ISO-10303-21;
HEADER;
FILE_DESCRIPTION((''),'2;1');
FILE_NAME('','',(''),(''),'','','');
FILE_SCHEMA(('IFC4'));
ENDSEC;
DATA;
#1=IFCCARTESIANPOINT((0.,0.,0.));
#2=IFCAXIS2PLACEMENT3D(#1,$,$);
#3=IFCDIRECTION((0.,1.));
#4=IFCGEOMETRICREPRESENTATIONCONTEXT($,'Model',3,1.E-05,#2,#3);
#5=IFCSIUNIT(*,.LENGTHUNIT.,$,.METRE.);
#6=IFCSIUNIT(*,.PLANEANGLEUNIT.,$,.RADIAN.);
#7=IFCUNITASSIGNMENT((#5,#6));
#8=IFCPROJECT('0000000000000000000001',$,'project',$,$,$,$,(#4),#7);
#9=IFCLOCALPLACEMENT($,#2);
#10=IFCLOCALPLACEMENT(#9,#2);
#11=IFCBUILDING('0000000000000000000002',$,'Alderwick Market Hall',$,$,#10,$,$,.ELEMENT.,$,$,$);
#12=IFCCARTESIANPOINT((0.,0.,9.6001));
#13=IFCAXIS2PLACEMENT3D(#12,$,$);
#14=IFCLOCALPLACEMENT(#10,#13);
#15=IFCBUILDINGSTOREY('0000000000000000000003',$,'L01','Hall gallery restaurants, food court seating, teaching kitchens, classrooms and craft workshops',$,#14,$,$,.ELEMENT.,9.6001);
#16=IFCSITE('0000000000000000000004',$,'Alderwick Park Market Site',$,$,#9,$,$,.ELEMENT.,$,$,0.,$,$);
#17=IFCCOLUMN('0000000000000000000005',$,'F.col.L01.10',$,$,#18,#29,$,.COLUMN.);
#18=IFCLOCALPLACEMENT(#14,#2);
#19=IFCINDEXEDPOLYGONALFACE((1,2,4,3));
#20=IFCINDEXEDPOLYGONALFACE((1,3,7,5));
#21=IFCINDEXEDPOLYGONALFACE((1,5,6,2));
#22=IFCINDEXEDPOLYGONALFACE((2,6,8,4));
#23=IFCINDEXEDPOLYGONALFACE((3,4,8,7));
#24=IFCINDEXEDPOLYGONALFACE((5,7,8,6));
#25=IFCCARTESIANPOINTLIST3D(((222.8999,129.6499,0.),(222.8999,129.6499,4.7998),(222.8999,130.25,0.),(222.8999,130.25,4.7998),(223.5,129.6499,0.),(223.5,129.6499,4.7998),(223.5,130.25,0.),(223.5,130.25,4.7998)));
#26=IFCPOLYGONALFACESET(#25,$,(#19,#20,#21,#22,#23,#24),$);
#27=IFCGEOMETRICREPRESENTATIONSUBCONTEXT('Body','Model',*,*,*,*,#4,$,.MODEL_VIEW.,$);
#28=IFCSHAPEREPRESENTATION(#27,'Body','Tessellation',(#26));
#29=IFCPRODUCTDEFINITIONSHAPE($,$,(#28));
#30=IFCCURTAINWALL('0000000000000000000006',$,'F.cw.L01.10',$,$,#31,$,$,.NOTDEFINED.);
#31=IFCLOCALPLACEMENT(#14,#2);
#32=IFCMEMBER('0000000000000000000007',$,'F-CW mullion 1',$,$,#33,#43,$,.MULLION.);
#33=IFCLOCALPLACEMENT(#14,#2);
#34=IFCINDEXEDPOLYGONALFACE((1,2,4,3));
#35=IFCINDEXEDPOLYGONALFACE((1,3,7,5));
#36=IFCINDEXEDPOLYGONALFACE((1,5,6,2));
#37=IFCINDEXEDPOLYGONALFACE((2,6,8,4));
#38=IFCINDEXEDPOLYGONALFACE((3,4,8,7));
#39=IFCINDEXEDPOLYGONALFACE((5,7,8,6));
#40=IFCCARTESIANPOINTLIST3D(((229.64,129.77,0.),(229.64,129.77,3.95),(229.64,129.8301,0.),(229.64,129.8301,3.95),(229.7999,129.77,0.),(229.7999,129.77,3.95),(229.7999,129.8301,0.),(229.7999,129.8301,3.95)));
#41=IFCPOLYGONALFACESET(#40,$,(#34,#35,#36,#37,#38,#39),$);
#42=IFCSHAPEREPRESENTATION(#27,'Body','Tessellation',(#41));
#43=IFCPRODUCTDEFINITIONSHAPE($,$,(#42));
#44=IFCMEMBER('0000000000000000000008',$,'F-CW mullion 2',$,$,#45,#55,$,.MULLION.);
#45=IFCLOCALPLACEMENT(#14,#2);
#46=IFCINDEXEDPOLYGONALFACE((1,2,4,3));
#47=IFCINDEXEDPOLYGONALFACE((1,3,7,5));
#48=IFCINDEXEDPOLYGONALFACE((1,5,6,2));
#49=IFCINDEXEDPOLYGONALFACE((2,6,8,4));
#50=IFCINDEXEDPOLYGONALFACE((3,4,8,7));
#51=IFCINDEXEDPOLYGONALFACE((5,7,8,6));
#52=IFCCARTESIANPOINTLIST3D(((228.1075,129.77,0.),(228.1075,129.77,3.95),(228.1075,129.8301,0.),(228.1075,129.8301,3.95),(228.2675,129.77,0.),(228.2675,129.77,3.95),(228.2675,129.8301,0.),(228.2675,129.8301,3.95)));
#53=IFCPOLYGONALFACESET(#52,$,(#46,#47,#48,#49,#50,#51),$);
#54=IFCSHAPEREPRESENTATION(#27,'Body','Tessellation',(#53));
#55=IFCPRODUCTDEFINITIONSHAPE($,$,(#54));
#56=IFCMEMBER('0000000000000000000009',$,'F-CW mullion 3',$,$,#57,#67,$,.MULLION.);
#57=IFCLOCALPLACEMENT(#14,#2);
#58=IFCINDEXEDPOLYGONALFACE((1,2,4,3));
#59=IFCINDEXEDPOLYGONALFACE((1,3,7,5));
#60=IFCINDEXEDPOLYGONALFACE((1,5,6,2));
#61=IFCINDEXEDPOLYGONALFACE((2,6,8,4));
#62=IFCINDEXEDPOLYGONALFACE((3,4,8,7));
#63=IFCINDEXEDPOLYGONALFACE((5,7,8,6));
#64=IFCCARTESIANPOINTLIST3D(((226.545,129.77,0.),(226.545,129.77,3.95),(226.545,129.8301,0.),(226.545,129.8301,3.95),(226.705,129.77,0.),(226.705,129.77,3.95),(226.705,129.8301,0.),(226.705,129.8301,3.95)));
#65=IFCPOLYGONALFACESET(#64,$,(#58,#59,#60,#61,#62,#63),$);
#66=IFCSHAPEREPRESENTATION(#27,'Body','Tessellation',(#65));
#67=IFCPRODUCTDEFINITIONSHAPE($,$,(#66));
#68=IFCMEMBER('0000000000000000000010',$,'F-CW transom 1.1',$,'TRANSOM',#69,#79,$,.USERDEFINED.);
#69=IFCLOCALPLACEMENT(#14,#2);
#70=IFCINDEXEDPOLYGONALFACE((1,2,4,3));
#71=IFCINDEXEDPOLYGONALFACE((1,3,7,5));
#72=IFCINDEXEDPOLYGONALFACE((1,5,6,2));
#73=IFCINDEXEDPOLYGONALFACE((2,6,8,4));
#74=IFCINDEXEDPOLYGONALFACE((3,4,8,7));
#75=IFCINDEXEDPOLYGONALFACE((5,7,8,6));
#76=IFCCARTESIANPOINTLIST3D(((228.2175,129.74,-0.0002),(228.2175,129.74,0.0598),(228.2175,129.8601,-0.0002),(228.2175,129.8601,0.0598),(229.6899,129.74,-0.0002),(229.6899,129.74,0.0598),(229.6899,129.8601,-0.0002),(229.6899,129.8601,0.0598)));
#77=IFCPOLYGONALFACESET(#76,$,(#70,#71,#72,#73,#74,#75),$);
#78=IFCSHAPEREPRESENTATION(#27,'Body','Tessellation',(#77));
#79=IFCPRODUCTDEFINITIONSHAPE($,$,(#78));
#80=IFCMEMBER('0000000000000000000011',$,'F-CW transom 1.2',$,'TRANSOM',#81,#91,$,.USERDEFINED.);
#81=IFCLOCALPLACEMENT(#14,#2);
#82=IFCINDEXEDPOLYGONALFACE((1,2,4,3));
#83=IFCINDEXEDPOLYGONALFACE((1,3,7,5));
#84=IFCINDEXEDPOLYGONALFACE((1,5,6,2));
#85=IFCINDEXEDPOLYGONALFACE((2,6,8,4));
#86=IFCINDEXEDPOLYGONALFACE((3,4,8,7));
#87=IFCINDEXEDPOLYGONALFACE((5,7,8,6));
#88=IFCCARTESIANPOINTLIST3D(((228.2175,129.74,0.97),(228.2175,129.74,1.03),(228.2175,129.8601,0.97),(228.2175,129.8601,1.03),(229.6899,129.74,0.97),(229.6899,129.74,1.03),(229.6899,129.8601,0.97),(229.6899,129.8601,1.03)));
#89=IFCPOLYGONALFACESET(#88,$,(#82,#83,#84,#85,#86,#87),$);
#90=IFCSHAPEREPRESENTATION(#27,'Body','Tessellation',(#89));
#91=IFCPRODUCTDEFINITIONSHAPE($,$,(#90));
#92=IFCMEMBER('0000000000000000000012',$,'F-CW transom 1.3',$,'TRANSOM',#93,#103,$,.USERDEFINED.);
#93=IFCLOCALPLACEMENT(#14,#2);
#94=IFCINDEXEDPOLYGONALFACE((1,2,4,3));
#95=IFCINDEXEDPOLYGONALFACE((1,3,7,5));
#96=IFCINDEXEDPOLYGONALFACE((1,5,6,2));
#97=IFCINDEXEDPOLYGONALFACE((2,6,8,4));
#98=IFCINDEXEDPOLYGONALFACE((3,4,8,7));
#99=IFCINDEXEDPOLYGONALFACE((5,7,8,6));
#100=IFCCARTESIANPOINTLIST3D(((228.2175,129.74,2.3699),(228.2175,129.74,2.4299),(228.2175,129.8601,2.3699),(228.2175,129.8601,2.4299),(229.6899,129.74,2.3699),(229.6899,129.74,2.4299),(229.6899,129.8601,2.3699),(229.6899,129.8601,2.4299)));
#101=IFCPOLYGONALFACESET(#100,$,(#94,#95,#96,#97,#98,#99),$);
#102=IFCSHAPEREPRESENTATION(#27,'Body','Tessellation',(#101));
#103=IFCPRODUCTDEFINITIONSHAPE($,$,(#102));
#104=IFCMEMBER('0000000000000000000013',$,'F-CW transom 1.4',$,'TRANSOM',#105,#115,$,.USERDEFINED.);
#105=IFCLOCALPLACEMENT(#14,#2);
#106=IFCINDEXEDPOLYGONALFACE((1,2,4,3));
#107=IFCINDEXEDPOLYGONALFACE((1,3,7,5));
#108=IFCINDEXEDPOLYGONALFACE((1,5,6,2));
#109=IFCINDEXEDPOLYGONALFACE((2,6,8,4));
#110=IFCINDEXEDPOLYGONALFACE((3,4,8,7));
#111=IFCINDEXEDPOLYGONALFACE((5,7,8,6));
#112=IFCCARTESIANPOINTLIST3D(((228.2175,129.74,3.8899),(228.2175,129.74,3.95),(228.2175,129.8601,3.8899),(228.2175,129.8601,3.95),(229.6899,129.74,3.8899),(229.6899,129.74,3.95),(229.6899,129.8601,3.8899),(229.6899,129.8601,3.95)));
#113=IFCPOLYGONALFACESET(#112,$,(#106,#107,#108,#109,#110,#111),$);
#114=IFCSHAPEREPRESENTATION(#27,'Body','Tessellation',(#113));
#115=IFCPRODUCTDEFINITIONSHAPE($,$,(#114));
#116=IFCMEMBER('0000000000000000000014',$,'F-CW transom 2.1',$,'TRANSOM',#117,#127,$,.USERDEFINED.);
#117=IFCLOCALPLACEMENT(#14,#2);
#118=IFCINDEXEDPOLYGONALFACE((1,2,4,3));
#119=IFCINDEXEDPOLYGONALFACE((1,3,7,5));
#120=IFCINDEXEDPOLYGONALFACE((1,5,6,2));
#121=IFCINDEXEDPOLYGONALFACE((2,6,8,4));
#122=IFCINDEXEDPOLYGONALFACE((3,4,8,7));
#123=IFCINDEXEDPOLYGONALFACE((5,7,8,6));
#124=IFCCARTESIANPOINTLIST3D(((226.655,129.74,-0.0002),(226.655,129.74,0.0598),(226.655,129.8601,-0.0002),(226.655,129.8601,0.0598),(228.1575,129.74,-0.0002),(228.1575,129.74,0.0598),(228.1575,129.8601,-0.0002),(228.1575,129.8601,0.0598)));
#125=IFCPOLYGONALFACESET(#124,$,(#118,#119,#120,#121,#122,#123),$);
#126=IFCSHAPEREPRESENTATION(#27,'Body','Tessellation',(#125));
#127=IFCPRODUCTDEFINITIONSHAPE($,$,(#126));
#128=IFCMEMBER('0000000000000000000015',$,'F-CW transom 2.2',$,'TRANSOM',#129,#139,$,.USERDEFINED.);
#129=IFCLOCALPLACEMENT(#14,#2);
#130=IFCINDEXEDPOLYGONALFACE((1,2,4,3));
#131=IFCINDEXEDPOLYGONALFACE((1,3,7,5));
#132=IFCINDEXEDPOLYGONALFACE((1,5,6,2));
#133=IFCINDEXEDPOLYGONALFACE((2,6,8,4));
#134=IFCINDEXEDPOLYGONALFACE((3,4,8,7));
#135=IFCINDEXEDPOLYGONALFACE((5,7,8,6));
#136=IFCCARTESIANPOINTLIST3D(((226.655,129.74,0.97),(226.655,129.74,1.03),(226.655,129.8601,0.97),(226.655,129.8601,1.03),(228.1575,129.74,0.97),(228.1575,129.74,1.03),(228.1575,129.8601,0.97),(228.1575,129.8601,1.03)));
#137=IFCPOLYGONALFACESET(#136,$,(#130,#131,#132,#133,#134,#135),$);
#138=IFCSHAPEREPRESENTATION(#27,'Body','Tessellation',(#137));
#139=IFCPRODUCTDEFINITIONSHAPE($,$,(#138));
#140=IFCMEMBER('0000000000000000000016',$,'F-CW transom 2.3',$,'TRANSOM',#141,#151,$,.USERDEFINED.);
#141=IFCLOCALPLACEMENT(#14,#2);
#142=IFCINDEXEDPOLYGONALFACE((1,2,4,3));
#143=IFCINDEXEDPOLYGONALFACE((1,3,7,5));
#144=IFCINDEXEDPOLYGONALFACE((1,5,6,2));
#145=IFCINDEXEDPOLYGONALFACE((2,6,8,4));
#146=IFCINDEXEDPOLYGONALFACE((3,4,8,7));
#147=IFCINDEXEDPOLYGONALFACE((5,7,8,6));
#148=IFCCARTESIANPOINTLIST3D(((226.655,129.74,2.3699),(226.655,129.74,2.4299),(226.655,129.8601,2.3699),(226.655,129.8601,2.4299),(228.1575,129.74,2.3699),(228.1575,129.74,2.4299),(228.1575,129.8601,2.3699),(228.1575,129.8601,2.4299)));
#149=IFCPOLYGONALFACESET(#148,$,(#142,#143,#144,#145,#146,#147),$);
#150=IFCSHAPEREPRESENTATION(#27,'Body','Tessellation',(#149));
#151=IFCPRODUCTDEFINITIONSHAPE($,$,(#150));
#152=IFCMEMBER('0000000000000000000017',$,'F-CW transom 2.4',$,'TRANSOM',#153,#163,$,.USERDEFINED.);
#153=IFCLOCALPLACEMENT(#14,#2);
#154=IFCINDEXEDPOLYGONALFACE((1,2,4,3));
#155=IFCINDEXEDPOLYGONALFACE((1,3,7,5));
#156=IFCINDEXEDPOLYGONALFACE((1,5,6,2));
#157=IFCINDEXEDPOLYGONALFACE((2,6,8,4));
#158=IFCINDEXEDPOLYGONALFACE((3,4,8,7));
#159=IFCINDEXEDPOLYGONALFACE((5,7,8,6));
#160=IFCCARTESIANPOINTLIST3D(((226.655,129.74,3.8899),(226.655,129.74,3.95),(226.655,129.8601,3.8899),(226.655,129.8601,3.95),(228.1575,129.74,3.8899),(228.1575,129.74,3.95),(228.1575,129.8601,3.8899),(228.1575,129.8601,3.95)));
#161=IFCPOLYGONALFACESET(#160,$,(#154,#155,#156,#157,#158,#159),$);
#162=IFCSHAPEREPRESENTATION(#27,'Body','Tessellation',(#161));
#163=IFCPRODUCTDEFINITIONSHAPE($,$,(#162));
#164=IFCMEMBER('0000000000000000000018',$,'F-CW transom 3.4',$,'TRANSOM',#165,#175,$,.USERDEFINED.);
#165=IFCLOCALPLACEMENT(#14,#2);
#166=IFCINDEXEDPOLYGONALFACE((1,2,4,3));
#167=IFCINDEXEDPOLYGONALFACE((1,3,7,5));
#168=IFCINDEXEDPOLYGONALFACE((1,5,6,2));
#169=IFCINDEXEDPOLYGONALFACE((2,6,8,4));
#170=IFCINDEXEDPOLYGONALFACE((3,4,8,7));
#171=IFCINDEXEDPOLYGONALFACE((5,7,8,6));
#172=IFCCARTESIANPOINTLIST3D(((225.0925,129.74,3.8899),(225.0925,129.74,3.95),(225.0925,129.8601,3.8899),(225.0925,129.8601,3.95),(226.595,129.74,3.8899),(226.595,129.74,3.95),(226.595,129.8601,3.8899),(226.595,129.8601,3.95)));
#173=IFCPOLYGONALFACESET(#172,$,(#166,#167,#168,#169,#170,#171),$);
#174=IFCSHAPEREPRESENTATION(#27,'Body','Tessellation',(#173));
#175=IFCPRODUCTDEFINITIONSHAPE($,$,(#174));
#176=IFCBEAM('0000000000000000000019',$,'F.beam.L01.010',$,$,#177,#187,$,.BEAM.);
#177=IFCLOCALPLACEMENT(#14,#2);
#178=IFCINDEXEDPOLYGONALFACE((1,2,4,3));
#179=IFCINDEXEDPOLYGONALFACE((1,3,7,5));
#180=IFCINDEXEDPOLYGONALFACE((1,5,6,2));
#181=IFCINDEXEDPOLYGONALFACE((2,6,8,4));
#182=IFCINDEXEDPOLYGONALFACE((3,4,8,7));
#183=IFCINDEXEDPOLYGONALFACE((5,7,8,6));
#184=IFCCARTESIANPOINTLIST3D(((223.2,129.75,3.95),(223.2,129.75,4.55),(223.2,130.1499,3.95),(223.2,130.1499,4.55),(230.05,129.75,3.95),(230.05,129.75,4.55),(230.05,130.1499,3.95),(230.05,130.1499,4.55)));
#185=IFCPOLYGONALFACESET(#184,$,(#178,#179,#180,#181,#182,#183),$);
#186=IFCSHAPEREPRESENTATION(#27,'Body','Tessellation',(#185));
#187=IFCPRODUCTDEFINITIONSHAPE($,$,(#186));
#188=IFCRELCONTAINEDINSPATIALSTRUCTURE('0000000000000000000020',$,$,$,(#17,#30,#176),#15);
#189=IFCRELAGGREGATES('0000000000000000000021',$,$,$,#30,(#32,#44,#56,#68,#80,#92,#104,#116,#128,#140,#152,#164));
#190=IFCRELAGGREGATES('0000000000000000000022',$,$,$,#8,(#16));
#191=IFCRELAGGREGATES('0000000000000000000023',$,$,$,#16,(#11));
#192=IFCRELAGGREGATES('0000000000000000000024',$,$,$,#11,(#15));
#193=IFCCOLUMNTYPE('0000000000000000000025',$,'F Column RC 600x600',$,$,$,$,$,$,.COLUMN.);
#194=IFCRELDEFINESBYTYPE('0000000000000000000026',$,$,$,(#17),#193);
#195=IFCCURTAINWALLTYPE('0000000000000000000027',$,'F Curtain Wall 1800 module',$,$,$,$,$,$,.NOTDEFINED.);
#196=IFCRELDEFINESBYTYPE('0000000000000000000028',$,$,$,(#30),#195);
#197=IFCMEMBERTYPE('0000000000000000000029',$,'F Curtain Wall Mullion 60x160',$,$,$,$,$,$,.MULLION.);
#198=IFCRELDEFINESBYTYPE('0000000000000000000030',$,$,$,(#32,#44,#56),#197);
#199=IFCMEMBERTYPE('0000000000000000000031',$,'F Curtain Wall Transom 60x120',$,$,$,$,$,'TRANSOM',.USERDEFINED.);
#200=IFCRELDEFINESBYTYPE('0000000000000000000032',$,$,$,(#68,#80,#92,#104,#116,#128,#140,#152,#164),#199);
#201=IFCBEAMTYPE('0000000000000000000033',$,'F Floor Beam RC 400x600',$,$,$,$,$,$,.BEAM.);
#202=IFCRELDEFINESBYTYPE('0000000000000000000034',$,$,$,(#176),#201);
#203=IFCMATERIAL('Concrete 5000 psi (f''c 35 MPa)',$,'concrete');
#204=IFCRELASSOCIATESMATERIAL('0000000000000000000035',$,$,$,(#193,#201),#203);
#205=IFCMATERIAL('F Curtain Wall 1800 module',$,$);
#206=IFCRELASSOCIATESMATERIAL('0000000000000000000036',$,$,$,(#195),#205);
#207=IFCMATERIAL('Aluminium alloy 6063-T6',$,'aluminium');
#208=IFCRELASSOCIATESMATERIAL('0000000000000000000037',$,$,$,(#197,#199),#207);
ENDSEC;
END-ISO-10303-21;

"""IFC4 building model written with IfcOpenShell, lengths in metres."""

from ifc_helpers import new_model, si_unit, direction, frame, origin, origin_2d, place, context, subcontext, project, spatial, rectangle, extrude, material, material_profile, profile_set, type_object, element, aggregate, save


model = new_model("IFC4")

# Units and contexts
model_context = context("Model", 3, precision=1e-05, world=origin(), true_north=direction((0.0, 1.0)))
body_context = subcontext(model_context, "Body", "Model", "MODEL_VIEW")
ifc_project = project(units=[si_unit("LENGTHUNIT", "METRE"), si_unit("PLANEANGLEUNIT", "RADIAN")], contexts=[model_context])

# Site, building, storey
site_placement = place(None, origin())
site = spatial("IfcSite", under=ifc_project, at=site_placement, Name="Alderwick Park Market Site", CompositionType="ELEMENT", RefElevation=0.0)
building_placement = place(site_placement, origin())
building = spatial("IfcBuilding", under=site, at=building_placement, Name="Alderwick Market Hall", CompositionType="ELEMENT")
storey_placement = place(building_placement, frame((0.0, 0.0, 9.6001)))
storey = spatial("IfcBuildingStorey", under=building, at=storey_placement, Name="L01", Description="Hall gallery restaurants, food court seating, teaching kitchens, classrooms and craft workshops", CompositionType="ELEMENT", Elevation=9.6001)

# Column
ifc_material_1 = material(Name="Concrete 5000 psi (f'c 35 MPa)", Category="concrete")
ifc_material_profile_1 = material_profile(ifc_material_1, rectangle(XDim=0.6001, YDim=0.6001, at=origin_2d()), Name="RC 600x600")
ifc_profile_set_1 = profile_set([ifc_material_profile_1], Name="Concrete 5000 psi (f'c 35 MPa)")
column_type = type_object("IfcColumnType", Name="F Column RC 600x600", PredefinedType="COLUMN", material=ifc_profile_set_1)
column_placement = place(storey_placement, frame((223.2, 129.95, 0.0), z_axis=(0.0, 0.0, 1.0), x_axis=(1.0, 0.0, 0.0)))
element("IfcColumn", 1, at=column_placement, inside=storey, type_object=column_type, Name="F.col.L01.10", PredefinedType="COLUMN", context=body_context, shape_type="SweptSolid", body=[
    extrude(rectangle(XDim=0.6001, YDim=0.6001, at=origin_2d()), origin(), (0.0, 0.0, 1.0), 4.7998),
])

# Curtain wall, members
ifc_material_2 = material(Name="F Curtain Wall 1800 module")
curtain_wall_type = type_object("IfcCurtainWallType", Name="F Curtain Wall 1800 module", PredefinedType="NOTDEFINED", material=ifc_material_2)
curtain_wall_placement = place(storey_placement, origin())
curtain_wall = element("IfcCurtainWall", 2, at=curtain_wall_placement, inside=storey, type_object=curtain_wall_type, Name="F.cw.L01.10", PredefinedType="NOTDEFINED")
ifc_material_3 = material(Name="Aluminium alloy 6063-T6", Category="aluminium")
ifc_material_profile_2 = material_profile(ifc_material_3, rectangle(XDim=0.0601, YDim=0.1599, at=origin_2d()), Name="AL 60x160")
ifc_profile_set_2 = profile_set([ifc_material_profile_2], Name="Aluminium alloy 6063-T6")
member_type_1 = type_object("IfcMemberType", Name="F Curtain Wall Mullion 60x160", PredefinedType="MULLION", material=ifc_profile_set_2)
member_1_placement = place(storey_placement, frame((229.72, 129.8, 0.0), z_axis=(0.0, 0.0, 1.0), x_axis=(0.0, -1.0, 0.0)))
member_1 = element("IfcMember", 3, at=member_1_placement, type_object=member_type_1, Name="F-CW mullion 1", PredefinedType="MULLION", context=body_context, shape_type="SweptSolid", body=[
    extrude(rectangle(XDim=0.0601, YDim=0.1599, at=origin_2d()), origin(), (0.0, 0.0, 1.0), 3.95),
])
member_2_placement = place(storey_placement, frame((228.1875, 129.8, 0.0), z_axis=(0.0, 0.0, 1.0), x_axis=(0.0, -1.0, 0.0)))
member_2 = element("IfcMember", 4, at=member_2_placement, type_object=member_type_1, Name="F-CW mullion 2", PredefinedType="MULLION", context=body_context, shape_type="SweptSolid", body=[
    extrude(rectangle(XDim=0.0601, YDim=0.1599, at=origin_2d()), origin(), (0.0, 0.0, 1.0), 3.95),
])
member_3_placement = place(storey_placement, frame((226.625, 129.8, 0.0), z_axis=(0.0, 0.0, 1.0), x_axis=(0.0, -1.0, 0.0)))
member_3 = element("IfcMember", 5, at=member_3_placement, type_object=member_type_1, Name="F-CW mullion 3", PredefinedType="MULLION", context=body_context, shape_type="SweptSolid", body=[
    extrude(rectangle(XDim=0.0601, YDim=0.1599, at=origin_2d()), origin(), (0.0, 0.0, 1.0), 3.95),
])
ifc_material_profile_3 = material_profile(ifc_material_3, rectangle(XDim=0.1201, YDim=0.0601, at=origin_2d()), Name="AL 60x120")
ifc_profile_set_3 = profile_set([ifc_material_profile_3], Name="Aluminium alloy 6063-T6")
member_type_2 = type_object("IfcMemberType", Name="F Curtain Wall Transom 60x120", ElementType="TRANSOM", PredefinedType="USERDEFINED", material=ifc_profile_set_3)
member_4_placement = place(storey_placement, frame((229.6899, 129.8, 0.0298), z_axis=(-1.0, 0.0, 0.0), x_axis=(0.0, -1.0, 0.0)))
member_4 = element("IfcMember", 6, at=member_4_placement, type_object=member_type_2, Name="F-CW transom 1.1", ObjectType="TRANSOM", PredefinedType="USERDEFINED", context=body_context, shape_type="SweptSolid", body=[
    extrude(rectangle(XDim=0.1201, YDim=0.0601, at=origin_2d()), origin(), (0.0, 0.0, 1.0), 1.4724),
])
member_5_placement = place(storey_placement, frame((229.6899, 129.8, 1.0), z_axis=(-1.0, 0.0, 0.0), x_axis=(0.0, -1.0, 0.0)))
member_5 = element("IfcMember", 7, at=member_5_placement, type_object=member_type_2, Name="F-CW transom 1.2", ObjectType="TRANSOM", PredefinedType="USERDEFINED", context=body_context, shape_type="SweptSolid", body=[
    extrude(rectangle(XDim=0.1201, YDim=0.0601, at=origin_2d()), origin(), (0.0, 0.0, 1.0), 1.4724),
])
member_6_placement = place(storey_placement, frame((229.6899, 129.8, 2.3999), z_axis=(-1.0, 0.0, 0.0), x_axis=(0.0, -1.0, 0.0)))
member_6 = element("IfcMember", 8, at=member_6_placement, type_object=member_type_2, Name="F-CW transom 1.3", ObjectType="TRANSOM", PredefinedType="USERDEFINED", context=body_context, shape_type="SweptSolid", body=[
    extrude(rectangle(XDim=0.1201, YDim=0.0601, at=origin_2d()), origin(), (0.0, 0.0, 1.0), 1.4724),
])
member_7_placement = place(storey_placement, frame((229.6899, 129.8, 3.9199), z_axis=(-1.0, 0.0, 0.0), x_axis=(0.0, -1.0, 0.0)))
member_7 = element("IfcMember", 9, at=member_7_placement, type_object=member_type_2, Name="F-CW transom 1.4", ObjectType="TRANSOM", PredefinedType="USERDEFINED", context=body_context, shape_type="SweptSolid", body=[
    extrude(rectangle(XDim=0.1201, YDim=0.0601, at=origin_2d()), origin(), (0.0, 0.0, 1.0), 1.4724),
])
member_8_placement = place(storey_placement, frame((228.1575, 129.8, 0.0298), z_axis=(-1.0, 0.0, 0.0), x_axis=(0.0, -1.0, 0.0)))
member_8 = element("IfcMember", 10, at=member_8_placement, type_object=member_type_2, Name="F-CW transom 2.1", ObjectType="TRANSOM", PredefinedType="USERDEFINED", context=body_context, shape_type="SweptSolid", body=[
    extrude(rectangle(XDim=0.1201, YDim=0.0601, at=origin_2d()), origin(), (0.0, 0.0, 1.0), 1.5024),
])
member_9_placement = place(storey_placement, frame((228.1575, 129.8, 1.0), z_axis=(-1.0, 0.0, 0.0), x_axis=(0.0, -1.0, 0.0)))
member_9 = element("IfcMember", 11, at=member_9_placement, type_object=member_type_2, Name="F-CW transom 2.2", ObjectType="TRANSOM", PredefinedType="USERDEFINED", context=body_context, shape_type="SweptSolid", body=[
    extrude(rectangle(XDim=0.1201, YDim=0.0601, at=origin_2d()), origin(), (0.0, 0.0, 1.0), 1.5024),
])
member_10_placement = place(storey_placement, frame((228.1575, 129.8, 2.3999), z_axis=(-1.0, 0.0, 0.0), x_axis=(0.0, -1.0, 0.0)))
member_10 = element("IfcMember", 12, at=member_10_placement, type_object=member_type_2, Name="F-CW transom 2.3", ObjectType="TRANSOM", PredefinedType="USERDEFINED", context=body_context, shape_type="SweptSolid", body=[
    extrude(rectangle(XDim=0.1201, YDim=0.0601, at=origin_2d()), origin(), (0.0, 0.0, 1.0), 1.5024),
])
member_11_placement = place(storey_placement, frame((228.1575, 129.8, 3.9199), z_axis=(-1.0, 0.0, 0.0), x_axis=(0.0, -1.0, 0.0)))
member_11 = element("IfcMember", 13, at=member_11_placement, type_object=member_type_2, Name="F-CW transom 2.4", ObjectType="TRANSOM", PredefinedType="USERDEFINED", context=body_context, shape_type="SweptSolid", body=[
    extrude(rectangle(XDim=0.1201, YDim=0.0601, at=origin_2d()), origin(), (0.0, 0.0, 1.0), 1.5024),
])
member_12_placement = place(storey_placement, frame((226.595, 129.8, 3.9199), z_axis=(-1.0, 0.0, 0.0), x_axis=(0.0, -1.0, 0.0)))
member_12 = element("IfcMember", 14, at=member_12_placement, type_object=member_type_2, Name="F-CW transom 3.4", ObjectType="TRANSOM", PredefinedType="USERDEFINED", context=body_context, shape_type="SweptSolid", body=[
    extrude(rectangle(XDim=0.1201, YDim=0.0601, at=origin_2d()), origin(), (0.0, 0.0, 1.0), 1.5024),
])

# Beam
ifc_material_profile_4 = material_profile(ifc_material_1, rectangle(XDim=0.3999, YDim=0.6001, at=origin_2d()), Name="RC 400x600")
ifc_profile_set_4 = profile_set([ifc_material_profile_4], Name="Concrete 5000 psi (f'c 35 MPa)")
beam_type = type_object("IfcBeamType", Name="F Floor Beam RC 400x600", PredefinedType="BEAM", material=ifc_profile_set_4)
for number, where, z_axis, x_axis, name in (
    (15, (223.2, 129.95, 4.25), (1.0, 0.0, 0.0), (0.0, 1.0, 0.0), "F.beam.L01.010"),
):
    element("IfcBeam", number, at=place(storey_placement, frame(where, z_axis=z_axis, x_axis=x_axis)), inside=storey, type_object=beam_type, Name=name, PredefinedType="BEAM", context=body_context, shape_type="SweptSolid", body=[
        extrude(rectangle(XDim=0.3999, YDim=0.6001, at=origin_2d()), origin(), (0.0, 0.0, 1.0), 6.8501),
    ])

aggregate(curtain_wall, [member_1, member_2, member_3, member_4, member_5, member_6, member_7, member_8, member_9, member_10, member_11, member_12])

save(model, "model.ifc")
